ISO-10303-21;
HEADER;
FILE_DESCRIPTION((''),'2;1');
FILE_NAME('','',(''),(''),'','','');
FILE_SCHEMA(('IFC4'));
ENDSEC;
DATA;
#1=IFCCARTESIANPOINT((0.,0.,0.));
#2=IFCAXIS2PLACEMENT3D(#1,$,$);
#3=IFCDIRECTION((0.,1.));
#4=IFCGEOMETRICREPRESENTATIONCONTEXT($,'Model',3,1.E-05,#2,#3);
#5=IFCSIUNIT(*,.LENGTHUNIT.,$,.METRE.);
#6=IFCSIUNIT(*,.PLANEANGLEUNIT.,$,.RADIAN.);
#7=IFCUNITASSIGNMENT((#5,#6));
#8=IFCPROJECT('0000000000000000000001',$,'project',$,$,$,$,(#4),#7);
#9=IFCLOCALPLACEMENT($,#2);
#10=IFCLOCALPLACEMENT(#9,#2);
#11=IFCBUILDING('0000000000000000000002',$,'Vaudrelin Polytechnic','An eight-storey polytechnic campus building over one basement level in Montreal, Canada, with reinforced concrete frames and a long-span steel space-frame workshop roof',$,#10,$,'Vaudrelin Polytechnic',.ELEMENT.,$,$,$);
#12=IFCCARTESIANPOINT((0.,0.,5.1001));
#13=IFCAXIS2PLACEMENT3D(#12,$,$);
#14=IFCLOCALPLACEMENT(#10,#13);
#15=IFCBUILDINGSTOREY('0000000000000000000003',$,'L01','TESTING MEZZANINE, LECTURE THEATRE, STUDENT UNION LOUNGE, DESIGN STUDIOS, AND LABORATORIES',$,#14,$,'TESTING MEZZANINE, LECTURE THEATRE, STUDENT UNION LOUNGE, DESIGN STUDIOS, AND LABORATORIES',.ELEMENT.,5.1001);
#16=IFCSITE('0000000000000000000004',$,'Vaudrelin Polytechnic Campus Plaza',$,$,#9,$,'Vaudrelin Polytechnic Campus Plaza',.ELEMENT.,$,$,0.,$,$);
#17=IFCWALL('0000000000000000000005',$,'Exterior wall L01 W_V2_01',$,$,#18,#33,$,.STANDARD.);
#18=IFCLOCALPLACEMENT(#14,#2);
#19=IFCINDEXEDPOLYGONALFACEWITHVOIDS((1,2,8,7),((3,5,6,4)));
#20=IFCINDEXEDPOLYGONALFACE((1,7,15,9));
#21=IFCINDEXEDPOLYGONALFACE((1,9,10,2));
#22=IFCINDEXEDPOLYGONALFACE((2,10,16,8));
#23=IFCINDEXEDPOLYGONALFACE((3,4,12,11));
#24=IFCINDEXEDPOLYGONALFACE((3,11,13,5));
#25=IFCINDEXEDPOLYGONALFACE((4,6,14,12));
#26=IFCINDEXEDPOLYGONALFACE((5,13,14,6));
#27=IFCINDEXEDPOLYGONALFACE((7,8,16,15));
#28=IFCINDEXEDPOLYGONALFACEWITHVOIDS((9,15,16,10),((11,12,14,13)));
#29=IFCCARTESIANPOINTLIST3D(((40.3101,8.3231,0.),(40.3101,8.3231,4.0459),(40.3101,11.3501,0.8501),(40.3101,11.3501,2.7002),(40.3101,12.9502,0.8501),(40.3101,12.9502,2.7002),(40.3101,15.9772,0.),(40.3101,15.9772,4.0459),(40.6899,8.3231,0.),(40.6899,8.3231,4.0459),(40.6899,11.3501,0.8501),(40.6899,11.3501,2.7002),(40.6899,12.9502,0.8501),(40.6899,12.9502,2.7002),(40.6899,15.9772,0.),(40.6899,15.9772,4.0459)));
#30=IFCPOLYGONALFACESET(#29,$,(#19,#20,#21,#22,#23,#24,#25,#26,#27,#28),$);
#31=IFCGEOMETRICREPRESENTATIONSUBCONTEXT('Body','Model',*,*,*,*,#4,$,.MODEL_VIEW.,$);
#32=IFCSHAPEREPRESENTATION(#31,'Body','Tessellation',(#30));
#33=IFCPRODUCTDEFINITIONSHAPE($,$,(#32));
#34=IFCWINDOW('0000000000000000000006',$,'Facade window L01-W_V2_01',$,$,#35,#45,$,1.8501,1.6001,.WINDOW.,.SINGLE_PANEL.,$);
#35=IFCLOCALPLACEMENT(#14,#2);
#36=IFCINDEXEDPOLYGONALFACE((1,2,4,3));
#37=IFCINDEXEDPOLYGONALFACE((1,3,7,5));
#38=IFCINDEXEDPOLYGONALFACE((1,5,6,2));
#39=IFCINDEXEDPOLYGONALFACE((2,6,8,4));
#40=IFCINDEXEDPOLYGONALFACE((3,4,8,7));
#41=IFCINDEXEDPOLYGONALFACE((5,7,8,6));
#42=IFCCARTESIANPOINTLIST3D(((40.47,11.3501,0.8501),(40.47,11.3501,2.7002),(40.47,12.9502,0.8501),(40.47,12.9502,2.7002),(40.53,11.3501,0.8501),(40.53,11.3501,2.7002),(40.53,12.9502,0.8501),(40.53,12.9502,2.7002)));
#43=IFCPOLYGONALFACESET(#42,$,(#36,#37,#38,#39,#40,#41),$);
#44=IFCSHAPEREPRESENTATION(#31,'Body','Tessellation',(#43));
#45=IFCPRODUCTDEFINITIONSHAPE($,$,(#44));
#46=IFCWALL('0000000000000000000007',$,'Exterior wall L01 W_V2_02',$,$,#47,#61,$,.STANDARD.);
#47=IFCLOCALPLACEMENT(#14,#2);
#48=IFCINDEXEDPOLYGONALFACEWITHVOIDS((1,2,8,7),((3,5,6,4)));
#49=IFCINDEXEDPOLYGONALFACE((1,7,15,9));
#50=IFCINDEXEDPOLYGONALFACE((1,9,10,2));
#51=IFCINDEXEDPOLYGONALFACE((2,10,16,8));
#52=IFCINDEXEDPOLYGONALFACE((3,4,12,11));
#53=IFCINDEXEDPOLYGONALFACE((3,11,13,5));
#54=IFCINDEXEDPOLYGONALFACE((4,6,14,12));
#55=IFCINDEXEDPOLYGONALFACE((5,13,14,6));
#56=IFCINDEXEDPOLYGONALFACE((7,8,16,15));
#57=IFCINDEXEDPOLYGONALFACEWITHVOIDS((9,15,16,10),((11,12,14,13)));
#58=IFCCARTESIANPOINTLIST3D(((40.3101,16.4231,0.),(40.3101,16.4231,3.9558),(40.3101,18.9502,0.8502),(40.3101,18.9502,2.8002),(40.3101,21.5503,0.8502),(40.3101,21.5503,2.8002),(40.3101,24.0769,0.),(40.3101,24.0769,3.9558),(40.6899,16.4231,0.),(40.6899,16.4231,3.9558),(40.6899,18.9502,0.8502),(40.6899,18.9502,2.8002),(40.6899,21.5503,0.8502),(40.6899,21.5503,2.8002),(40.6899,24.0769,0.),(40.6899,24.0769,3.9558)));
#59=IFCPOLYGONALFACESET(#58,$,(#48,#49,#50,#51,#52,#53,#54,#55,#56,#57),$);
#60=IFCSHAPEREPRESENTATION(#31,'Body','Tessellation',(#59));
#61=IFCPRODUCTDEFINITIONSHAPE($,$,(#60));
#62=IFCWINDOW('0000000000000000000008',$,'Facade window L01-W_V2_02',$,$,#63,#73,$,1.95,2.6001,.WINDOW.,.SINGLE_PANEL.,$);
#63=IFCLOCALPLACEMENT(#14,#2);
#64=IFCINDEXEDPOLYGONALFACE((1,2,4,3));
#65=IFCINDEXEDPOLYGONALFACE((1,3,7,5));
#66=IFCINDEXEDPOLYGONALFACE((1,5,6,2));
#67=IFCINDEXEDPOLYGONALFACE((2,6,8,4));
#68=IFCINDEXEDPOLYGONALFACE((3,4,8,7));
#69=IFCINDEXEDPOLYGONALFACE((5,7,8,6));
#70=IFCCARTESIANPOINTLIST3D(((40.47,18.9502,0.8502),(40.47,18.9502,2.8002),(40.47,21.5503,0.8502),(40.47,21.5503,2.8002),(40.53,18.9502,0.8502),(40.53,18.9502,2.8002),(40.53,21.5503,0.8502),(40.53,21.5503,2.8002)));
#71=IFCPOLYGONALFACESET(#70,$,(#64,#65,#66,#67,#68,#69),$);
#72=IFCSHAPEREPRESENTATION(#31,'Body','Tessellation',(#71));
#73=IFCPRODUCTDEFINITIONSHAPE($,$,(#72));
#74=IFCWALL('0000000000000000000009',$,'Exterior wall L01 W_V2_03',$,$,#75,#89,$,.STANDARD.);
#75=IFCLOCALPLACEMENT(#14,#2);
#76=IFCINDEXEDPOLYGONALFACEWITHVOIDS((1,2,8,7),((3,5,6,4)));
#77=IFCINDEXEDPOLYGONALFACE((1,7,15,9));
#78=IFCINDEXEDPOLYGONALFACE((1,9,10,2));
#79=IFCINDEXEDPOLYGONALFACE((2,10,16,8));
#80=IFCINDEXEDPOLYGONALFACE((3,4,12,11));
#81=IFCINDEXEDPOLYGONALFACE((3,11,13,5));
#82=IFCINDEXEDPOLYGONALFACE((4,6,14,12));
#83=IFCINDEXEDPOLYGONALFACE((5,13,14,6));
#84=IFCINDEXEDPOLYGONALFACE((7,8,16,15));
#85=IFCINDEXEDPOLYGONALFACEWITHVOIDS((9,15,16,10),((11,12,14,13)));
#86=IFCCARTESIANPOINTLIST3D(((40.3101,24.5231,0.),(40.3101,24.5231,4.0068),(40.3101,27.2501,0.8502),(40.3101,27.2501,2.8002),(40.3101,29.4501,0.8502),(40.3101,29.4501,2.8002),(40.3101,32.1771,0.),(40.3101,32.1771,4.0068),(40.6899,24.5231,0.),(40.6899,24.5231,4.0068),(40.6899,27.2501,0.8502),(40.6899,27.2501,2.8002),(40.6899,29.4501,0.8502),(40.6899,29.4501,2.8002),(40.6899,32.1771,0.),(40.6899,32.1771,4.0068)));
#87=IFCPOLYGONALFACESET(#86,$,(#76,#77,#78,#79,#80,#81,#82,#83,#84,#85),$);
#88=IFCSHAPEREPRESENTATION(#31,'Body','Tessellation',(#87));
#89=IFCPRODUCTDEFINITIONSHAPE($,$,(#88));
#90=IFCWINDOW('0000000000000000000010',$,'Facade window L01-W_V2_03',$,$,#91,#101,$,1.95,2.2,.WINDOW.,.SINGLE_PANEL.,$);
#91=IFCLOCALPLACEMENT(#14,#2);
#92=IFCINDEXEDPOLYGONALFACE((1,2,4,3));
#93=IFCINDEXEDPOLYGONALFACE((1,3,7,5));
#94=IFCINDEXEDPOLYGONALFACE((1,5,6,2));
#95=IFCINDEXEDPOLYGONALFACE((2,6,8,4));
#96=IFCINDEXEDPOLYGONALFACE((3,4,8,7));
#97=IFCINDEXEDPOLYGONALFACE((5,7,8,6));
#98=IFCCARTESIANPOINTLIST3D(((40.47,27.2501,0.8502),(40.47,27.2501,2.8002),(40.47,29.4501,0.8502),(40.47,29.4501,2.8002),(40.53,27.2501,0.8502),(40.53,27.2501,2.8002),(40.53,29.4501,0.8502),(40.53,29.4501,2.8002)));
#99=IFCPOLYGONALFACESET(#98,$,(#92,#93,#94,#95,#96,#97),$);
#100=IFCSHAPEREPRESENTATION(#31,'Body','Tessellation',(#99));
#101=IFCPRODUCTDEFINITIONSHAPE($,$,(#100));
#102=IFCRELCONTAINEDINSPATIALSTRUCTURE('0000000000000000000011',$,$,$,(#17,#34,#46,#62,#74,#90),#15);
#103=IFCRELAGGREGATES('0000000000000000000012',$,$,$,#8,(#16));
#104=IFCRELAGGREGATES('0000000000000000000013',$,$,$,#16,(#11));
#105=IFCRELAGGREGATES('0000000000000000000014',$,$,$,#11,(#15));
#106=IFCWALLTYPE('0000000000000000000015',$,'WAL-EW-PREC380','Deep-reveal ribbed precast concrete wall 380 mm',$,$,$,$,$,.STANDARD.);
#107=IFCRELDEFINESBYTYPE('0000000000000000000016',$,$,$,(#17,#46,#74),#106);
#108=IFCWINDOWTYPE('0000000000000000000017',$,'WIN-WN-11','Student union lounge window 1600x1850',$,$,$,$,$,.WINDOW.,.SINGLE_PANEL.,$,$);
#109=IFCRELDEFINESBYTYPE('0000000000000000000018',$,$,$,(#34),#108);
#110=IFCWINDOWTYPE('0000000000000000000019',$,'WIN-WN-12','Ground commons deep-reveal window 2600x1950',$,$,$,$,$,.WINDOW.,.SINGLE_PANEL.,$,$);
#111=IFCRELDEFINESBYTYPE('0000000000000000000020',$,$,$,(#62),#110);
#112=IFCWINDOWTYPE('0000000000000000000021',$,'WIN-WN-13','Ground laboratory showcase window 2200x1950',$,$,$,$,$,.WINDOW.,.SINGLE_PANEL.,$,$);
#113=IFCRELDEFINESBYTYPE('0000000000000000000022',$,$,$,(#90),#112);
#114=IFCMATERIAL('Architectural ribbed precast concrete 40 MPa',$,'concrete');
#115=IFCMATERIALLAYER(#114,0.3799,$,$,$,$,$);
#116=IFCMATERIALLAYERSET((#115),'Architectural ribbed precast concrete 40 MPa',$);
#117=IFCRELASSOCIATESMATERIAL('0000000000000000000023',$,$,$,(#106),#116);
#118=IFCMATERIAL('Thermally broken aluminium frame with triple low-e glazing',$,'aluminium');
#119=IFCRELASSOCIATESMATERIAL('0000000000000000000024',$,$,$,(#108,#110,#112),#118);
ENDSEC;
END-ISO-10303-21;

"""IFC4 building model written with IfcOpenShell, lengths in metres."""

from ifc_helpers import new_model, si_unit, direction, frame, frame_2d, origin, place, context, subcontext, project, spatial, rectangle, extrude, material, layer, layer_set, type_object, element, fill, save


model = new_model("IFC4")

# Units and contexts
model_context = context("Model", 3, precision=1e-05, world=origin(), true_north=direction((0.0, 1.0)))
body_context = subcontext(model_context, "Body", "Model", "MODEL_VIEW")
ifc_project = project(units=[si_unit("LENGTHUNIT", "METRE"), si_unit("PLANEANGLEUNIT", "RADIAN")], contexts=[model_context])

# Site, building, storey
site_placement = place(None, origin())
site = spatial("IfcSite", under=ifc_project, at=site_placement, Name="Vaudrelin Polytechnic Campus Plaza", LongName="Vaudrelin Polytechnic Campus Plaza", CompositionType="ELEMENT", RefElevation=0.0)
building_placement = place(site_placement, origin())
building = spatial("IfcBuilding", under=site, at=building_placement, Name="Vaudrelin Polytechnic", Description="An eight-storey polytechnic campus building over one basement level in Montreal, Canada, with reinforced concrete frames and a long-span steel space-frame workshop roof", LongName="Vaudrelin Polytechnic", CompositionType="ELEMENT")
storey_placement = place(building_placement, frame((0.0, 0.0, 5.1001)))
storey = spatial("IfcBuildingStorey", under=building, at=storey_placement, Name="L01", Description="TESTING MEZZANINE, LECTURE THEATRE, STUDENT UNION LOUNGE, DESIGN STUDIOS, AND LABORATORIES", LongName="TESTING MEZZANINE, LECTURE THEATRE, STUDENT UNION LOUNGE, DESIGN STUDIOS, AND LABORATORIES", CompositionType="ELEMENT", Elevation=5.1001)

# Walls, openings, windows
ifc_material_1 = material(Name="Architectural ribbed precast concrete 40 MPa", Category="concrete")
ifc_layer_1 = layer(ifc_material_1, 0.3799)
ifc_layer_set_1 = layer_set([ifc_layer_1], Name="Architectural ribbed precast concrete 40 MPa")
wall_type = type_object("IfcWallType", Name="WAL-EW-PREC380", Description="Deep-reveal ribbed precast concrete wall 380 mm", PredefinedType="STANDARD", material=ifc_layer_set_1)
ifc_material_2 = material(Name="Thermally broken aluminium frame with triple low-e glazing", Category="aluminium")
wall_1_placement = place(storey_placement, frame((40.5, 8.323, 0.0), z_axis=(0.0, 0.0, 1.0), x_axis=(0.0, 1.0, 0.0)))
wall_1 = element("IfcWall", 1, at=wall_1_placement, inside=storey, type_object=wall_type, Name="Exterior wall L01 W_V2_01", PredefinedType="STANDARD", context=body_context, shape_type="SweptSolid", body=[
    extrude(rectangle(XDim=7.6541, YDim=0.3799, at=frame_2d((3.8271, 0.0))), origin(), (0.0, 0.0, 1.0), 4.0459),
])
opening_1_placement = place(wall_1_placement, frame((3.0271, 0.0, 0.8501)))
opening_1 = element("IfcOpeningElement", 2, at=opening_1_placement, cuts=wall_1, PredefinedType="OPENING", context=body_context, shape_type="SweptSolid", body=[
    extrude(rectangle(XDim=1.6001, YDim=1.8501, at=frame_2d((0.8, 0.925))), frame((0.0, 0.2, 0.0), z_axis=(0.0, -1.0, 0.0), x_axis=(1.0, 0.0, 0.0)), (0.0, 0.0, 1.0), 0.3999),
])
window_type_1 = type_object("IfcWindowType", Name="WIN-WN-11", Description="Student union lounge window 1600x1850", PartitioningType="SINGLE_PANEL", PredefinedType="WINDOW", material=ifc_material_2)
window_1_placement = place(opening_1_placement, origin())
window_1 = element("IfcWindow", 3, at=window_1_placement, inside=storey, type_object=window_type_1, Name="Facade window L01-W_V2_01", OverallHeight=1.8501, OverallWidth=1.6001, PartitioningType="SINGLE_PANEL", PredefinedType="WINDOW", context=body_context, shape_type="SweptSolid", body=[
    extrude(rectangle(XDim=1.6001, YDim=1.8501, at=frame_2d((0.8, 0.925))), frame((0.0, 0.03, 0.0), z_axis=(0.0, -1.0, 0.0), x_axis=(1.0, 0.0, 0.0)), (0.0, 0.0, 1.0), 0.0601),
])
fill(opening_1, window_1)
wall_2_placement = place(storey_placement, frame((40.5, 16.4231, 0.0), z_axis=(0.0, 0.0, 1.0), x_axis=(0.0, 1.0, 0.0)))
wall_2 = element("IfcWall", 4, at=wall_2_placement, inside=storey, type_object=wall_type, Name="Exterior wall L01 W_V2_02", PredefinedType="STANDARD", context=body_context, shape_type="SweptSolid", body=[
    extrude(rectangle(XDim=7.6538, YDim=0.3799, at=frame_2d((3.8269, 0.0))), origin(), (0.0, 0.0, 1.0), 3.9558),
])
opening_2_placement = place(wall_2_placement, frame((2.5271, 0.0, 0.8501)))
opening_2 = element("IfcOpeningElement", 5, at=opening_2_placement, cuts=wall_2, PredefinedType="OPENING", context=body_context, shape_type="SweptSolid", body=[
    extrude(rectangle(XDim=2.6001, YDim=1.95, at=frame_2d((1.3, 0.9751))), frame((0.0, 0.2, 0.0), z_axis=(0.0, -1.0, 0.0), x_axis=(1.0, 0.0, 0.0)), (0.0, 0.0, 1.0), 0.3999),
])
window_type_2 = type_object("IfcWindowType", Name="WIN-WN-12", Description="Ground commons deep-reveal window 2600x1950", PartitioningType="SINGLE_PANEL", PredefinedType="WINDOW", material=ifc_material_2)
window_2_placement = place(opening_2_placement, origin())
window_2 = element("IfcWindow", 6, at=window_2_placement, inside=storey, type_object=window_type_2, Name="Facade window L01-W_V2_02", OverallHeight=1.95, OverallWidth=2.6001, PartitioningType="SINGLE_PANEL", PredefinedType="WINDOW", context=body_context, shape_type="SweptSolid", body=[
    extrude(rectangle(XDim=2.6001, YDim=1.95, at=frame_2d((1.3, 0.9751))), frame((0.0, 0.03, 0.0), z_axis=(0.0, -1.0, 0.0), x_axis=(1.0, 0.0, 0.0)), (0.0, 0.0, 1.0), 0.0601),
])
fill(opening_2, window_2)
wall_3_placement = place(storey_placement, frame((40.5, 24.5229, 0.0), z_axis=(0.0, 0.0, 1.0), x_axis=(0.0, 1.0, 0.0)))
wall_3 = element("IfcWall", 7, at=wall_3_placement, inside=storey, type_object=wall_type, Name="Exterior wall L01 W_V2_03", PredefinedType="STANDARD", context=body_context, shape_type="SweptSolid", body=[
    extrude(rectangle(XDim=7.6541, YDim=0.3799, at=frame_2d((3.8271, 0.0))), origin(), (0.0, 0.0, 1.0), 4.0068),
])
opening_3_placement = place(wall_3_placement, frame((2.7271, 0.0, 0.8501)))
opening_3 = element("IfcOpeningElement", 8, at=opening_3_placement, cuts=wall_3, PredefinedType="OPENING", context=body_context, shape_type="SweptSolid", body=[
    extrude(rectangle(XDim=2.2, YDim=1.95, at=frame_2d((1.1001, 0.9751))), frame((0.0, 0.2, 0.0), z_axis=(0.0, -1.0, 0.0), x_axis=(1.0, 0.0, 0.0)), (0.0, 0.0, 1.0), 0.3999),
])
window_type_3 = type_object("IfcWindowType", Name="WIN-WN-13", Description="Ground laboratory showcase window 2200x1950", PartitioningType="SINGLE_PANEL", PredefinedType="WINDOW", material=ifc_material_2)
window_3_placement = place(opening_3_placement, origin())
window_3 = element("IfcWindow", 9, at=window_3_placement, inside=storey, type_object=window_type_3, Name="Facade window L01-W_V2_03", OverallHeight=1.95, OverallWidth=2.2, PartitioningType="SINGLE_PANEL", PredefinedType="WINDOW", context=body_context, shape_type="SweptSolid", body=[
    extrude(rectangle(XDim=2.2, YDim=1.95, at=frame_2d((1.1001, 0.9751))), frame((0.0, 0.03, 0.0), z_axis=(0.0, -1.0, 0.0), x_axis=(1.0, 0.0, 0.0)), (0.0, 0.0, 1.0), 0.0601),
])
fill(opening_3, window_3)

save(model, "model.ifc")
